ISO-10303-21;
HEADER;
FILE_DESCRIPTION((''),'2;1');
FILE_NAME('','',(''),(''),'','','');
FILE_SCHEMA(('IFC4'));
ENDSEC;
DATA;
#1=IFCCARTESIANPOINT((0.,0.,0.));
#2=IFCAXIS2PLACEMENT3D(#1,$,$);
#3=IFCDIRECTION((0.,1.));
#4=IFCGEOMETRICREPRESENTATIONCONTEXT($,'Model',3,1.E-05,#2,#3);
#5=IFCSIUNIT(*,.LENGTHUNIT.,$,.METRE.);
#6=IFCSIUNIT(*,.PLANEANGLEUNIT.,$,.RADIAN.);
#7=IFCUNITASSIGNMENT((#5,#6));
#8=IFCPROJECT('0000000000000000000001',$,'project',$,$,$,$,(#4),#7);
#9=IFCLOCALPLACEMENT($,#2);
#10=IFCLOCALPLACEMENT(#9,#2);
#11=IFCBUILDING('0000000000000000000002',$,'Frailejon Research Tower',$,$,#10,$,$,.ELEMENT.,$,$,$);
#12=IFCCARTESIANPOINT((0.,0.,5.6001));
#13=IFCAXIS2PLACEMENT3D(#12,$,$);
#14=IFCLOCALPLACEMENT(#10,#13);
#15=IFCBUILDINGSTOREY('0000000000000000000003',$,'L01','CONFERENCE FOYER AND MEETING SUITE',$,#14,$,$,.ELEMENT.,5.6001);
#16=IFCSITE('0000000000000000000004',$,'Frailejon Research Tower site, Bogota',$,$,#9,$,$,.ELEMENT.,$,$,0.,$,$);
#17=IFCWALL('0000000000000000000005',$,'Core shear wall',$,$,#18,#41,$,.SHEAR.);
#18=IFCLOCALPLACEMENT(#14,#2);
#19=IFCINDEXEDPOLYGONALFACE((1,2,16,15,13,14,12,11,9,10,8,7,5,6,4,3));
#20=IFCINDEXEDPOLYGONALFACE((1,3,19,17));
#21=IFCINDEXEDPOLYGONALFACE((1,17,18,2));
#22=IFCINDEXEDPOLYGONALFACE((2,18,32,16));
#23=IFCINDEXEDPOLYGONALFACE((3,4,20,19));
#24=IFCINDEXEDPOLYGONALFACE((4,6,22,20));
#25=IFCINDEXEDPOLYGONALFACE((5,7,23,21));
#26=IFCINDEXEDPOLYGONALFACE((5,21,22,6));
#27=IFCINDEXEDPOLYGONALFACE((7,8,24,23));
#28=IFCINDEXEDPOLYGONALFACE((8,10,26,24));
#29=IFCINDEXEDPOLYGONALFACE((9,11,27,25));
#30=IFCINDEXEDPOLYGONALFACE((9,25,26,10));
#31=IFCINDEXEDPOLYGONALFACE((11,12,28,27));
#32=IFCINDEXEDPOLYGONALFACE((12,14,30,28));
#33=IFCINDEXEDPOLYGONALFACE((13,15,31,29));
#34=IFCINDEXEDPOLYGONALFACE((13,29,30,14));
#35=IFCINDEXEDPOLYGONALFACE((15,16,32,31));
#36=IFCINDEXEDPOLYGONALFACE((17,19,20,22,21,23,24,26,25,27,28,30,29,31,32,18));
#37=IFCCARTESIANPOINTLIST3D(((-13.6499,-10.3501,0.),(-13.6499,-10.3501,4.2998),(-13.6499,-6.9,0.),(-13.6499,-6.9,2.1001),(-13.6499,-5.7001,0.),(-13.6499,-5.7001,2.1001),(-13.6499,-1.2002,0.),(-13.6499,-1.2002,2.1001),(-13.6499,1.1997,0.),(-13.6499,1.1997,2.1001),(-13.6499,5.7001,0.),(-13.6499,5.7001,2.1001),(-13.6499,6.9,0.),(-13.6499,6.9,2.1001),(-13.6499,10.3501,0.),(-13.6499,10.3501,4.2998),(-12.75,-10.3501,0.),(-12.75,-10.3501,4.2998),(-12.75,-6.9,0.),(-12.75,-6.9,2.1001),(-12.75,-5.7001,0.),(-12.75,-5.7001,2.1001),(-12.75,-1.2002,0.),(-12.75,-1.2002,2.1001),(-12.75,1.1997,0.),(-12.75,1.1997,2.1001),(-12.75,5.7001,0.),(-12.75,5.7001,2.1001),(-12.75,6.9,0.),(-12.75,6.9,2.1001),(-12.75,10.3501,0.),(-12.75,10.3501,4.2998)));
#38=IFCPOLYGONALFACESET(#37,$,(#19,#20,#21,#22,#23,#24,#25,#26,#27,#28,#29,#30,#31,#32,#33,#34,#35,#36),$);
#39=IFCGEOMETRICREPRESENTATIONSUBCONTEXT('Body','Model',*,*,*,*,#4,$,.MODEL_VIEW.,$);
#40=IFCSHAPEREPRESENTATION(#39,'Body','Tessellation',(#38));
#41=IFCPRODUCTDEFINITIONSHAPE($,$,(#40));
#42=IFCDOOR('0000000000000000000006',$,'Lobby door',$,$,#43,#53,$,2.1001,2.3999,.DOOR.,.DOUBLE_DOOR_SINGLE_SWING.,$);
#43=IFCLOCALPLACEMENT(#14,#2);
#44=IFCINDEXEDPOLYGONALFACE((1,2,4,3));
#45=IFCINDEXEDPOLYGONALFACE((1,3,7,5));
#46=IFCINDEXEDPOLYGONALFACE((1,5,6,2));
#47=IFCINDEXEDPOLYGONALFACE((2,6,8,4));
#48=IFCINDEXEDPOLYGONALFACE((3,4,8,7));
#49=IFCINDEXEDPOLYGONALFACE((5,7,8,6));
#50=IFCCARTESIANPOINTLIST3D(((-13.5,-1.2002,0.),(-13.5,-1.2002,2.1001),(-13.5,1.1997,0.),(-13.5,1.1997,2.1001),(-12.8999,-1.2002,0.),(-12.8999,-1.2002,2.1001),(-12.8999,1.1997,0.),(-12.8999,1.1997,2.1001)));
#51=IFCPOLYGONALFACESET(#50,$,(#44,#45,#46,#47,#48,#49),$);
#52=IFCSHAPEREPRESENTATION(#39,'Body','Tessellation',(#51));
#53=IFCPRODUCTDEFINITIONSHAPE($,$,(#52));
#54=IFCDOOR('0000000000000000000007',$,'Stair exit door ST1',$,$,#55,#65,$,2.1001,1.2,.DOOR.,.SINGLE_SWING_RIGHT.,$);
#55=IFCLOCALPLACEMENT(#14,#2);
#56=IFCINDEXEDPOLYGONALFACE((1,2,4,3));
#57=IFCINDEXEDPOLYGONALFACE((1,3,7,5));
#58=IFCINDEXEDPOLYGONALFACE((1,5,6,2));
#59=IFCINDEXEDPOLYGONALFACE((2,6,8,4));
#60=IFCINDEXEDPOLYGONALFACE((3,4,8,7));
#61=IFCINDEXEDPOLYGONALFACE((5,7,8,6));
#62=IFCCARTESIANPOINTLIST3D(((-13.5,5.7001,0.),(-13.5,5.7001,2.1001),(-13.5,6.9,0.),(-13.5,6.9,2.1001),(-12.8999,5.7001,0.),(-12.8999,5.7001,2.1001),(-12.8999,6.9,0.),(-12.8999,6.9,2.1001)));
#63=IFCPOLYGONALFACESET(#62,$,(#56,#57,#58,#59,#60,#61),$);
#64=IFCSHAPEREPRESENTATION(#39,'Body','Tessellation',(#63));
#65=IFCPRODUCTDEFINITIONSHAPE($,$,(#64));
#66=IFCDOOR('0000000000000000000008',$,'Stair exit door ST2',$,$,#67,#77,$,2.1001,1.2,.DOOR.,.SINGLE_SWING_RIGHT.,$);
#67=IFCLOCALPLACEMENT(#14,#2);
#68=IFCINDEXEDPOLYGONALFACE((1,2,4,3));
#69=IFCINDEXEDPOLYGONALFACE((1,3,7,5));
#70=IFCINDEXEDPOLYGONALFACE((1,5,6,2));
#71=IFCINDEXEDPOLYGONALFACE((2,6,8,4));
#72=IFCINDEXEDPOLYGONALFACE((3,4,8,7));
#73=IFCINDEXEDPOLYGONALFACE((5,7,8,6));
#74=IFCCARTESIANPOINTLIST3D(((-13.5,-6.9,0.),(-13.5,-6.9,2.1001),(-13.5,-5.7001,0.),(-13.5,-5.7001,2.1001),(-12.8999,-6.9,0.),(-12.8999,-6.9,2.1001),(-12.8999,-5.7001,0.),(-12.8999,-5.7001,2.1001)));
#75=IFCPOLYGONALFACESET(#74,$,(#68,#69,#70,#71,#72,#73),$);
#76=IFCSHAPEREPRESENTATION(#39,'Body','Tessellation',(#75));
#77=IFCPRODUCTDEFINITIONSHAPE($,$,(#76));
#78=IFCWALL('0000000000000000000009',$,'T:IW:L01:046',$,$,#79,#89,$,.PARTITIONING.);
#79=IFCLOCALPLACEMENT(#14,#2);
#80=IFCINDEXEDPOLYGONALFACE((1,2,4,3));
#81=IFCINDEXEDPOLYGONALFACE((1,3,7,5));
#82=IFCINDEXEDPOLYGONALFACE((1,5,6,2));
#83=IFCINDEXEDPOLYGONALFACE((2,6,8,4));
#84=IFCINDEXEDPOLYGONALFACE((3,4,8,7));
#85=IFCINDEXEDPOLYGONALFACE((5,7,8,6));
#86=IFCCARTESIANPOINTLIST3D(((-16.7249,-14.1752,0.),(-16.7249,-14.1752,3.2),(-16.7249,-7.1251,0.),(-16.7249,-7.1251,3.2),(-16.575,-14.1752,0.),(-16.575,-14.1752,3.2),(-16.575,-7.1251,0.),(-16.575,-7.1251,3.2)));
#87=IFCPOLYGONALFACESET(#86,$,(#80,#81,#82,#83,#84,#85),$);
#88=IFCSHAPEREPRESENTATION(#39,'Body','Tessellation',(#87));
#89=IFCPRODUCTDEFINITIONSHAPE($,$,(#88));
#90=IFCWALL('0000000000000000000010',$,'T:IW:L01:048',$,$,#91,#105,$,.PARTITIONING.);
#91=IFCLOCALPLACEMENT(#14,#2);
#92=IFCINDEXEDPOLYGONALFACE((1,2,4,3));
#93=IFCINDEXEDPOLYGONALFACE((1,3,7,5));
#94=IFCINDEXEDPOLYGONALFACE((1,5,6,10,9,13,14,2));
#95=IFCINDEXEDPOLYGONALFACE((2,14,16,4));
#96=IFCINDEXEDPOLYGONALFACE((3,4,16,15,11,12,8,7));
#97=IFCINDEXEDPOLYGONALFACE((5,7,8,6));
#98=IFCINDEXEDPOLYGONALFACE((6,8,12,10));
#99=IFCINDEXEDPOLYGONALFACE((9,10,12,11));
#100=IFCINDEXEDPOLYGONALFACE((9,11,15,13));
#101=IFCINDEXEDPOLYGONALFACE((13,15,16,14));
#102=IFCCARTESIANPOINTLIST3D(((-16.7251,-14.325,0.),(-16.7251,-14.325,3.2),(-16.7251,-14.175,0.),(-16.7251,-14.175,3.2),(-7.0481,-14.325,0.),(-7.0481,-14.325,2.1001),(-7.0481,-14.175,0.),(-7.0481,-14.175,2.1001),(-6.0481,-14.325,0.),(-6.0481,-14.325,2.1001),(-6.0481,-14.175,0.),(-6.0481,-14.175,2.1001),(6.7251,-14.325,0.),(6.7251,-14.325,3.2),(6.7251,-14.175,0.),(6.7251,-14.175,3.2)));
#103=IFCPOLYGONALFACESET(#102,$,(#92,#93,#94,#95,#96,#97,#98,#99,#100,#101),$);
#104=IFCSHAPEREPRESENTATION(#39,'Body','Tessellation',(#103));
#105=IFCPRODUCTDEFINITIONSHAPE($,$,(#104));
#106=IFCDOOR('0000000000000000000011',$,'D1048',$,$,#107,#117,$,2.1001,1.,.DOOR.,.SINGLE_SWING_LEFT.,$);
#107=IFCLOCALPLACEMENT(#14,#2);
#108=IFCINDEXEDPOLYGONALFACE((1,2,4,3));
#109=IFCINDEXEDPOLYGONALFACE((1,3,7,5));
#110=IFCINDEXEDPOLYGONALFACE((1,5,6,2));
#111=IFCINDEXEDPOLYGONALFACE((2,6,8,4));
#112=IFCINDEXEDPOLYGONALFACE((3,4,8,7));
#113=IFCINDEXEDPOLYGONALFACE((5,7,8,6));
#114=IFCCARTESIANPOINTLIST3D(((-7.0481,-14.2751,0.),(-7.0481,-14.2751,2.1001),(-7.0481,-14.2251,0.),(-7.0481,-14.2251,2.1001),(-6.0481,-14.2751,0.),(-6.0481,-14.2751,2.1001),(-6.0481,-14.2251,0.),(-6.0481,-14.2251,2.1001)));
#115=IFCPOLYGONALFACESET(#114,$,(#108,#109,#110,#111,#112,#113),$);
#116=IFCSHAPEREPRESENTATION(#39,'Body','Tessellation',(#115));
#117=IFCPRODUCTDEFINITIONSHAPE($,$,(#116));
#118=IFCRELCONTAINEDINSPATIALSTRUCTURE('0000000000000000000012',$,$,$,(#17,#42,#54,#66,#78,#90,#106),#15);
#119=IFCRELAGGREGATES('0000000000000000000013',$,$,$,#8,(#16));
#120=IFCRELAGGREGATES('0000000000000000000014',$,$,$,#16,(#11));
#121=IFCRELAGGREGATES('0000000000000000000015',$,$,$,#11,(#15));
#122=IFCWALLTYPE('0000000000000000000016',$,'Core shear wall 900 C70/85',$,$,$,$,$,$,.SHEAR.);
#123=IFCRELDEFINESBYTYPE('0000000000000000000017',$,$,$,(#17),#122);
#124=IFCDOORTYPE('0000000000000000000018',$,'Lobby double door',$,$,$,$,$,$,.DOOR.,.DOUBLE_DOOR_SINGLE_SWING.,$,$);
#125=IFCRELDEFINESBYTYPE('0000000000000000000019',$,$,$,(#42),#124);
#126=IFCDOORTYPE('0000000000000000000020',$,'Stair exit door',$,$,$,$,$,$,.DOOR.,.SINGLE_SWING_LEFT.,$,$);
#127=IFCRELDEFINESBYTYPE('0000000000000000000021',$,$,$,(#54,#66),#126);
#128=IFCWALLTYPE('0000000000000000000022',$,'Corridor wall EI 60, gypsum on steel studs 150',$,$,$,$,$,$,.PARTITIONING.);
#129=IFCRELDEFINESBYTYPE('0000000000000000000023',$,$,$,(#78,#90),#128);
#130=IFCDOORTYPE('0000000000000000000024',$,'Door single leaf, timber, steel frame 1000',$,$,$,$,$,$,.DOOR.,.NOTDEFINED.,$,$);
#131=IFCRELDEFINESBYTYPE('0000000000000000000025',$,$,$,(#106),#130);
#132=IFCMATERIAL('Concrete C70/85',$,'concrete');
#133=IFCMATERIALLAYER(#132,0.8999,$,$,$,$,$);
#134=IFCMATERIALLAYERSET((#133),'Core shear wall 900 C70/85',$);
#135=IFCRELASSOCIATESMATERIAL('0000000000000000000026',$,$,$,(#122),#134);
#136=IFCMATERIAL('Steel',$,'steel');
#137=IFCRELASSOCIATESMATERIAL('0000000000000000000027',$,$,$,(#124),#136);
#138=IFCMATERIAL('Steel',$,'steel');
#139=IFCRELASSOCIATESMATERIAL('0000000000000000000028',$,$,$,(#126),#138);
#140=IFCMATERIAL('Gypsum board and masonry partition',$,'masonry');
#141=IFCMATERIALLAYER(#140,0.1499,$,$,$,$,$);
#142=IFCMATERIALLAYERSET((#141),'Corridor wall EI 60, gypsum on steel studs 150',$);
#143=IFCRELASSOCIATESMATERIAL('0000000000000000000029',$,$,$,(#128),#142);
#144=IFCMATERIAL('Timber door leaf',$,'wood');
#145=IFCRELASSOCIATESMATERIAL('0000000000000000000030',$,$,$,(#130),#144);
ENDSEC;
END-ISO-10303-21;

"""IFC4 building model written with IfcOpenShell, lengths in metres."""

from ifc_helpers import new_model, si_unit, direction, frame, frame_2d, origin, place, context, subcontext, project, spatial, rectangle, extrude, material, layer, layer_set, type_object, element, fill, save


model = new_model("IFC4")

# Units and contexts
model_context = context("Model", 3, precision=1e-05, world=origin(), true_north=direction((0.0, 1.0)))
body_context = subcontext(model_context, "Body", "Model", "MODEL_VIEW")
ifc_project = project(units=[si_unit("LENGTHUNIT", "METRE"), si_unit("PLANEANGLEUNIT", "RADIAN")], contexts=[model_context])

# Site, building, storey
site_placement = place(None, origin())
site = spatial("IfcSite", under=ifc_project, at=site_placement, Name="Frailejon Research Tower site, Bogota", CompositionType="ELEMENT", RefElevation=0.0)
building_placement = place(site_placement, origin())
building = spatial("IfcBuilding", under=site, at=building_placement, Name="Frailejon Research Tower", CompositionType="ELEMENT")
storey_placement = place(building_placement, frame((0.0, 0.0, 5.6001)))
storey = spatial("IfcBuildingStorey", under=building, at=storey_placement, Name="L01", Description="CONFERENCE FOYER AND MEETING SUITE", CompositionType="ELEMENT", Elevation=5.6001)

# Wall, openings, doors
ifc_material_1 = material(Name="Concrete C70/85", Category="concrete")
ifc_layer_1 = layer(ifc_material_1, 0.8999)
ifc_layer_set_1 = layer_set([ifc_layer_1], Name="Core shear wall 900 C70/85")
wall_type_1 = type_object("IfcWallType", Name="Core shear wall 900 C70/85", PredefinedType="SHEAR", material=ifc_layer_set_1)
wall_1_placement = place(storey_placement, frame((-13.2, -10.3501, 0.0), z_axis=(0.0, 0.0, 1.0), x_axis=(0.0, 1.0, 0.0)))
wall_1 = element("IfcWall", 1, at=wall_1_placement, inside=storey, type_object=wall_type_1, Name="Core shear wall", PredefinedType="SHEAR", context=body_context, shape_type="SweptSolid", body=[
    extrude(rectangle(XDim=20.7002, YDim=0.8999, at=frame_2d((10.3501, 0.0))), origin(), (0.0, 0.0, 1.0), 4.2998),
])
opening_1_placement = place(wall_1_placement, frame((9.1499, 0.0, 0.0)))
opening_1 = element("IfcOpeningElement", 2, at=opening_1_placement, cuts=wall_1, PredefinedType="OPENING", context=body_context, shape_type="SweptSolid", body=[
    extrude(rectangle(XDim=2.3999, YDim=2.1001, at=frame_2d((1.2, 1.05))), frame((0.0, 0.46, 0.0), z_axis=(0.0, -1.0, 0.0), x_axis=(1.0, 0.0, 0.0)), (0.0, 0.0, 1.0), 0.9199),
])
opening_2_placement = place(wall_1_placement, frame((16.05, 0.0, 0.0)))
opening_2 = element("IfcOpeningElement", 3, at=opening_2_placement, cuts=wall_1, PredefinedType="OPENING", context=body_context, shape_type="SweptSolid", body=[
    extrude(rectangle(XDim=1.2, YDim=2.1001, at=frame_2d((0.6001, 1.05))), frame((0.0, 0.46, 0.0), z_axis=(0.0, -1.0, 0.0), x_axis=(1.0, 0.0, 0.0)), (0.0, 0.0, 1.0), 0.9199),
])
opening_3_placement = place(wall_1_placement, frame((3.45, 0.0, 0.0)))
opening_3 = element("IfcOpeningElement", 4, at=opening_3_placement, cuts=wall_1, PredefinedType="OPENING", context=body_context, shape_type="SweptSolid", body=[
    extrude(rectangle(XDim=1.2, YDim=2.1001, at=frame_2d((0.6001, 1.05))), frame((0.0, 0.46, 0.0), z_axis=(0.0, -1.0, 0.0), x_axis=(1.0, 0.0, 0.0)), (0.0, 0.0, 1.0), 0.9199),
])
ifc_material_2 = material(Name="Steel", Category="steel")
door_type_1 = type_object("IfcDoorType", Name="Lobby double door", OperationType="DOUBLE_DOOR_SINGLE_SWING", PredefinedType="DOOR", material=ifc_material_2)
door_1_placement = place(opening_1_placement, origin())
door_1 = element("IfcDoor", 5, at=door_1_placement, inside=storey, type_object=door_type_1, Name="Lobby door", OperationType="DOUBLE_DOOR_SINGLE_SWING", OverallHeight=2.1001, OverallWidth=2.3999, PredefinedType="DOOR", context=body_context, shape_type="SweptSolid", body=[
    extrude(rectangle(XDim=2.3999, YDim=2.1001, at=frame_2d((1.2, 1.05))), frame((0.0, 0.3, 0.0), z_axis=(0.0, -1.0, 0.0), x_axis=(1.0, 0.0, 0.0)), (0.0, 0.0, 1.0), 0.6001),
])
fill(opening_1, door_1)
ifc_material_3 = material(Name="Steel", Category="steel")
door_type_2 = type_object("IfcDoorType", Name="Stair exit door", OperationType="SINGLE_SWING_LEFT", PredefinedType="DOOR", material=ifc_material_3)
door_2_placement = place(opening_2_placement, origin())
door_2 = element("IfcDoor", 6, at=door_2_placement, inside=storey, type_object=door_type_2, Name="Stair exit door ST1", OperationType="SINGLE_SWING_RIGHT", OverallHeight=2.1001, OverallWidth=1.2, PredefinedType="DOOR", context=body_context, shape_type="SweptSolid", body=[
    extrude(rectangle(XDim=1.2, YDim=2.1001, at=frame_2d((0.6001, 1.05))), frame((0.0, 0.3, 0.0), z_axis=(0.0, -1.0, 0.0), x_axis=(1.0, 0.0, 0.0)), (0.0, 0.0, 1.0), 0.6001),
])
fill(opening_2, door_2)
door_3_placement = place(opening_3_placement, origin())
door_3 = element("IfcDoor", 7, at=door_3_placement, inside=storey, type_object=door_type_2, Name="Stair exit door ST2", OperationType="SINGLE_SWING_RIGHT", OverallHeight=2.1001, OverallWidth=1.2, PredefinedType="DOOR", context=body_context, shape_type="SweptSolid", body=[
    extrude(rectangle(XDim=1.2, YDim=2.1001, at=frame_2d((0.6001, 1.05))), frame((0.0, 0.3, 0.0), z_axis=(0.0, -1.0, 0.0), x_axis=(1.0, 0.0, 0.0)), (0.0, 0.0, 1.0), 0.6001),
])
fill(opening_3, door_3)

# Wall
ifc_material_4 = material(Name="Gypsum board and masonry partition", Category="masonry")
ifc_layer_2 = layer(ifc_material_4, 0.1499)
ifc_layer_set_2 = layer_set([ifc_layer_2], Name="Corridor wall EI 60, gypsum on steel studs 150")
wall_type_2 = type_object("IfcWallType", Name="Corridor wall EI 60, gypsum on steel studs 150", PredefinedType="PARTITIONING", material=ifc_layer_set_2)
wall_2_placement = place(storey_placement, frame((-16.6499, -14.175, 0.0), z_axis=(0.0, 0.0, 1.0), x_axis=(0.0, 1.0, 0.0)))
element("IfcWall", 8, at=wall_2_placement, inside=storey, type_object=wall_type_2, Name="T:IW:L01:046", PredefinedType="PARTITIONING", context=body_context, shape_type="SweptSolid", body=[
    extrude(rectangle(XDim=7.05, YDim=0.1499, at=frame_2d((3.5249, 0.0))), origin(), (0.0, 0.0, 1.0), 3.2),
])

# Wall, opening, door
wall_3_placement = place(storey_placement, frame((-16.7251, -14.25, 0.0), z_axis=(0.0, 0.0, 1.0), x_axis=(1.0, 0.0, 0.0)))
wall_3 = element("IfcWall", 9, at=wall_3_placement, inside=storey, type_object=wall_type_2, Name="T:IW:L01:048", PredefinedType="PARTITIONING", context=body_context, shape_type="SweptSolid", body=[
    extrude(rectangle(XDim=23.4502, YDim=0.1499, at=frame_2d((11.7251, 0.0))), origin(), (0.0, 0.0, 1.0), 3.2),
])
opening_4_placement = place(wall_3_placement, frame((9.677, 0.0, 0.0)))
opening_4 = element("IfcOpeningElement", 10, at=opening_4_placement, cuts=wall_3, PredefinedType="OPENING", context=body_context, shape_type="SweptSolid", body=[
    extrude(rectangle(XDim=1.0, YDim=2.1001, at=frame_2d((0.5, 1.05))), frame((0.0, 0.085, 0.0), z_axis=(0.0, -1.0, 0.0), x_axis=(1.0, 0.0, 0.0)), (0.0, 0.0, 1.0), 0.1699),
])
ifc_material_5 = material(Name="Timber door leaf", Category="wood")
door_type_3 = type_object("IfcDoorType", Name="Door single leaf, timber, steel frame 1000", OperationType="NOTDEFINED", PredefinedType="DOOR", material=ifc_material_5)
door_4_placement = place(opening_4_placement, origin())
door_4 = element("IfcDoor", 11, at=door_4_placement, inside=storey, type_object=door_type_3, Name="D1048", OperationType="SINGLE_SWING_LEFT", OverallHeight=2.1001, OverallWidth=1.0, PredefinedType="DOOR", context=body_context, shape_type="SweptSolid", body=[
    extrude(rectangle(XDim=1.0, YDim=2.1001, at=frame_2d((0.5, 1.05))), frame((0.0, 0.0249, 0.0), z_axis=(0.0, -1.0, 0.0), x_axis=(1.0, 0.0, 0.0)), (0.0, 0.0, 1.0), 0.05),
])
fill(opening_4, door_4)

save(model, "model.ifc")
